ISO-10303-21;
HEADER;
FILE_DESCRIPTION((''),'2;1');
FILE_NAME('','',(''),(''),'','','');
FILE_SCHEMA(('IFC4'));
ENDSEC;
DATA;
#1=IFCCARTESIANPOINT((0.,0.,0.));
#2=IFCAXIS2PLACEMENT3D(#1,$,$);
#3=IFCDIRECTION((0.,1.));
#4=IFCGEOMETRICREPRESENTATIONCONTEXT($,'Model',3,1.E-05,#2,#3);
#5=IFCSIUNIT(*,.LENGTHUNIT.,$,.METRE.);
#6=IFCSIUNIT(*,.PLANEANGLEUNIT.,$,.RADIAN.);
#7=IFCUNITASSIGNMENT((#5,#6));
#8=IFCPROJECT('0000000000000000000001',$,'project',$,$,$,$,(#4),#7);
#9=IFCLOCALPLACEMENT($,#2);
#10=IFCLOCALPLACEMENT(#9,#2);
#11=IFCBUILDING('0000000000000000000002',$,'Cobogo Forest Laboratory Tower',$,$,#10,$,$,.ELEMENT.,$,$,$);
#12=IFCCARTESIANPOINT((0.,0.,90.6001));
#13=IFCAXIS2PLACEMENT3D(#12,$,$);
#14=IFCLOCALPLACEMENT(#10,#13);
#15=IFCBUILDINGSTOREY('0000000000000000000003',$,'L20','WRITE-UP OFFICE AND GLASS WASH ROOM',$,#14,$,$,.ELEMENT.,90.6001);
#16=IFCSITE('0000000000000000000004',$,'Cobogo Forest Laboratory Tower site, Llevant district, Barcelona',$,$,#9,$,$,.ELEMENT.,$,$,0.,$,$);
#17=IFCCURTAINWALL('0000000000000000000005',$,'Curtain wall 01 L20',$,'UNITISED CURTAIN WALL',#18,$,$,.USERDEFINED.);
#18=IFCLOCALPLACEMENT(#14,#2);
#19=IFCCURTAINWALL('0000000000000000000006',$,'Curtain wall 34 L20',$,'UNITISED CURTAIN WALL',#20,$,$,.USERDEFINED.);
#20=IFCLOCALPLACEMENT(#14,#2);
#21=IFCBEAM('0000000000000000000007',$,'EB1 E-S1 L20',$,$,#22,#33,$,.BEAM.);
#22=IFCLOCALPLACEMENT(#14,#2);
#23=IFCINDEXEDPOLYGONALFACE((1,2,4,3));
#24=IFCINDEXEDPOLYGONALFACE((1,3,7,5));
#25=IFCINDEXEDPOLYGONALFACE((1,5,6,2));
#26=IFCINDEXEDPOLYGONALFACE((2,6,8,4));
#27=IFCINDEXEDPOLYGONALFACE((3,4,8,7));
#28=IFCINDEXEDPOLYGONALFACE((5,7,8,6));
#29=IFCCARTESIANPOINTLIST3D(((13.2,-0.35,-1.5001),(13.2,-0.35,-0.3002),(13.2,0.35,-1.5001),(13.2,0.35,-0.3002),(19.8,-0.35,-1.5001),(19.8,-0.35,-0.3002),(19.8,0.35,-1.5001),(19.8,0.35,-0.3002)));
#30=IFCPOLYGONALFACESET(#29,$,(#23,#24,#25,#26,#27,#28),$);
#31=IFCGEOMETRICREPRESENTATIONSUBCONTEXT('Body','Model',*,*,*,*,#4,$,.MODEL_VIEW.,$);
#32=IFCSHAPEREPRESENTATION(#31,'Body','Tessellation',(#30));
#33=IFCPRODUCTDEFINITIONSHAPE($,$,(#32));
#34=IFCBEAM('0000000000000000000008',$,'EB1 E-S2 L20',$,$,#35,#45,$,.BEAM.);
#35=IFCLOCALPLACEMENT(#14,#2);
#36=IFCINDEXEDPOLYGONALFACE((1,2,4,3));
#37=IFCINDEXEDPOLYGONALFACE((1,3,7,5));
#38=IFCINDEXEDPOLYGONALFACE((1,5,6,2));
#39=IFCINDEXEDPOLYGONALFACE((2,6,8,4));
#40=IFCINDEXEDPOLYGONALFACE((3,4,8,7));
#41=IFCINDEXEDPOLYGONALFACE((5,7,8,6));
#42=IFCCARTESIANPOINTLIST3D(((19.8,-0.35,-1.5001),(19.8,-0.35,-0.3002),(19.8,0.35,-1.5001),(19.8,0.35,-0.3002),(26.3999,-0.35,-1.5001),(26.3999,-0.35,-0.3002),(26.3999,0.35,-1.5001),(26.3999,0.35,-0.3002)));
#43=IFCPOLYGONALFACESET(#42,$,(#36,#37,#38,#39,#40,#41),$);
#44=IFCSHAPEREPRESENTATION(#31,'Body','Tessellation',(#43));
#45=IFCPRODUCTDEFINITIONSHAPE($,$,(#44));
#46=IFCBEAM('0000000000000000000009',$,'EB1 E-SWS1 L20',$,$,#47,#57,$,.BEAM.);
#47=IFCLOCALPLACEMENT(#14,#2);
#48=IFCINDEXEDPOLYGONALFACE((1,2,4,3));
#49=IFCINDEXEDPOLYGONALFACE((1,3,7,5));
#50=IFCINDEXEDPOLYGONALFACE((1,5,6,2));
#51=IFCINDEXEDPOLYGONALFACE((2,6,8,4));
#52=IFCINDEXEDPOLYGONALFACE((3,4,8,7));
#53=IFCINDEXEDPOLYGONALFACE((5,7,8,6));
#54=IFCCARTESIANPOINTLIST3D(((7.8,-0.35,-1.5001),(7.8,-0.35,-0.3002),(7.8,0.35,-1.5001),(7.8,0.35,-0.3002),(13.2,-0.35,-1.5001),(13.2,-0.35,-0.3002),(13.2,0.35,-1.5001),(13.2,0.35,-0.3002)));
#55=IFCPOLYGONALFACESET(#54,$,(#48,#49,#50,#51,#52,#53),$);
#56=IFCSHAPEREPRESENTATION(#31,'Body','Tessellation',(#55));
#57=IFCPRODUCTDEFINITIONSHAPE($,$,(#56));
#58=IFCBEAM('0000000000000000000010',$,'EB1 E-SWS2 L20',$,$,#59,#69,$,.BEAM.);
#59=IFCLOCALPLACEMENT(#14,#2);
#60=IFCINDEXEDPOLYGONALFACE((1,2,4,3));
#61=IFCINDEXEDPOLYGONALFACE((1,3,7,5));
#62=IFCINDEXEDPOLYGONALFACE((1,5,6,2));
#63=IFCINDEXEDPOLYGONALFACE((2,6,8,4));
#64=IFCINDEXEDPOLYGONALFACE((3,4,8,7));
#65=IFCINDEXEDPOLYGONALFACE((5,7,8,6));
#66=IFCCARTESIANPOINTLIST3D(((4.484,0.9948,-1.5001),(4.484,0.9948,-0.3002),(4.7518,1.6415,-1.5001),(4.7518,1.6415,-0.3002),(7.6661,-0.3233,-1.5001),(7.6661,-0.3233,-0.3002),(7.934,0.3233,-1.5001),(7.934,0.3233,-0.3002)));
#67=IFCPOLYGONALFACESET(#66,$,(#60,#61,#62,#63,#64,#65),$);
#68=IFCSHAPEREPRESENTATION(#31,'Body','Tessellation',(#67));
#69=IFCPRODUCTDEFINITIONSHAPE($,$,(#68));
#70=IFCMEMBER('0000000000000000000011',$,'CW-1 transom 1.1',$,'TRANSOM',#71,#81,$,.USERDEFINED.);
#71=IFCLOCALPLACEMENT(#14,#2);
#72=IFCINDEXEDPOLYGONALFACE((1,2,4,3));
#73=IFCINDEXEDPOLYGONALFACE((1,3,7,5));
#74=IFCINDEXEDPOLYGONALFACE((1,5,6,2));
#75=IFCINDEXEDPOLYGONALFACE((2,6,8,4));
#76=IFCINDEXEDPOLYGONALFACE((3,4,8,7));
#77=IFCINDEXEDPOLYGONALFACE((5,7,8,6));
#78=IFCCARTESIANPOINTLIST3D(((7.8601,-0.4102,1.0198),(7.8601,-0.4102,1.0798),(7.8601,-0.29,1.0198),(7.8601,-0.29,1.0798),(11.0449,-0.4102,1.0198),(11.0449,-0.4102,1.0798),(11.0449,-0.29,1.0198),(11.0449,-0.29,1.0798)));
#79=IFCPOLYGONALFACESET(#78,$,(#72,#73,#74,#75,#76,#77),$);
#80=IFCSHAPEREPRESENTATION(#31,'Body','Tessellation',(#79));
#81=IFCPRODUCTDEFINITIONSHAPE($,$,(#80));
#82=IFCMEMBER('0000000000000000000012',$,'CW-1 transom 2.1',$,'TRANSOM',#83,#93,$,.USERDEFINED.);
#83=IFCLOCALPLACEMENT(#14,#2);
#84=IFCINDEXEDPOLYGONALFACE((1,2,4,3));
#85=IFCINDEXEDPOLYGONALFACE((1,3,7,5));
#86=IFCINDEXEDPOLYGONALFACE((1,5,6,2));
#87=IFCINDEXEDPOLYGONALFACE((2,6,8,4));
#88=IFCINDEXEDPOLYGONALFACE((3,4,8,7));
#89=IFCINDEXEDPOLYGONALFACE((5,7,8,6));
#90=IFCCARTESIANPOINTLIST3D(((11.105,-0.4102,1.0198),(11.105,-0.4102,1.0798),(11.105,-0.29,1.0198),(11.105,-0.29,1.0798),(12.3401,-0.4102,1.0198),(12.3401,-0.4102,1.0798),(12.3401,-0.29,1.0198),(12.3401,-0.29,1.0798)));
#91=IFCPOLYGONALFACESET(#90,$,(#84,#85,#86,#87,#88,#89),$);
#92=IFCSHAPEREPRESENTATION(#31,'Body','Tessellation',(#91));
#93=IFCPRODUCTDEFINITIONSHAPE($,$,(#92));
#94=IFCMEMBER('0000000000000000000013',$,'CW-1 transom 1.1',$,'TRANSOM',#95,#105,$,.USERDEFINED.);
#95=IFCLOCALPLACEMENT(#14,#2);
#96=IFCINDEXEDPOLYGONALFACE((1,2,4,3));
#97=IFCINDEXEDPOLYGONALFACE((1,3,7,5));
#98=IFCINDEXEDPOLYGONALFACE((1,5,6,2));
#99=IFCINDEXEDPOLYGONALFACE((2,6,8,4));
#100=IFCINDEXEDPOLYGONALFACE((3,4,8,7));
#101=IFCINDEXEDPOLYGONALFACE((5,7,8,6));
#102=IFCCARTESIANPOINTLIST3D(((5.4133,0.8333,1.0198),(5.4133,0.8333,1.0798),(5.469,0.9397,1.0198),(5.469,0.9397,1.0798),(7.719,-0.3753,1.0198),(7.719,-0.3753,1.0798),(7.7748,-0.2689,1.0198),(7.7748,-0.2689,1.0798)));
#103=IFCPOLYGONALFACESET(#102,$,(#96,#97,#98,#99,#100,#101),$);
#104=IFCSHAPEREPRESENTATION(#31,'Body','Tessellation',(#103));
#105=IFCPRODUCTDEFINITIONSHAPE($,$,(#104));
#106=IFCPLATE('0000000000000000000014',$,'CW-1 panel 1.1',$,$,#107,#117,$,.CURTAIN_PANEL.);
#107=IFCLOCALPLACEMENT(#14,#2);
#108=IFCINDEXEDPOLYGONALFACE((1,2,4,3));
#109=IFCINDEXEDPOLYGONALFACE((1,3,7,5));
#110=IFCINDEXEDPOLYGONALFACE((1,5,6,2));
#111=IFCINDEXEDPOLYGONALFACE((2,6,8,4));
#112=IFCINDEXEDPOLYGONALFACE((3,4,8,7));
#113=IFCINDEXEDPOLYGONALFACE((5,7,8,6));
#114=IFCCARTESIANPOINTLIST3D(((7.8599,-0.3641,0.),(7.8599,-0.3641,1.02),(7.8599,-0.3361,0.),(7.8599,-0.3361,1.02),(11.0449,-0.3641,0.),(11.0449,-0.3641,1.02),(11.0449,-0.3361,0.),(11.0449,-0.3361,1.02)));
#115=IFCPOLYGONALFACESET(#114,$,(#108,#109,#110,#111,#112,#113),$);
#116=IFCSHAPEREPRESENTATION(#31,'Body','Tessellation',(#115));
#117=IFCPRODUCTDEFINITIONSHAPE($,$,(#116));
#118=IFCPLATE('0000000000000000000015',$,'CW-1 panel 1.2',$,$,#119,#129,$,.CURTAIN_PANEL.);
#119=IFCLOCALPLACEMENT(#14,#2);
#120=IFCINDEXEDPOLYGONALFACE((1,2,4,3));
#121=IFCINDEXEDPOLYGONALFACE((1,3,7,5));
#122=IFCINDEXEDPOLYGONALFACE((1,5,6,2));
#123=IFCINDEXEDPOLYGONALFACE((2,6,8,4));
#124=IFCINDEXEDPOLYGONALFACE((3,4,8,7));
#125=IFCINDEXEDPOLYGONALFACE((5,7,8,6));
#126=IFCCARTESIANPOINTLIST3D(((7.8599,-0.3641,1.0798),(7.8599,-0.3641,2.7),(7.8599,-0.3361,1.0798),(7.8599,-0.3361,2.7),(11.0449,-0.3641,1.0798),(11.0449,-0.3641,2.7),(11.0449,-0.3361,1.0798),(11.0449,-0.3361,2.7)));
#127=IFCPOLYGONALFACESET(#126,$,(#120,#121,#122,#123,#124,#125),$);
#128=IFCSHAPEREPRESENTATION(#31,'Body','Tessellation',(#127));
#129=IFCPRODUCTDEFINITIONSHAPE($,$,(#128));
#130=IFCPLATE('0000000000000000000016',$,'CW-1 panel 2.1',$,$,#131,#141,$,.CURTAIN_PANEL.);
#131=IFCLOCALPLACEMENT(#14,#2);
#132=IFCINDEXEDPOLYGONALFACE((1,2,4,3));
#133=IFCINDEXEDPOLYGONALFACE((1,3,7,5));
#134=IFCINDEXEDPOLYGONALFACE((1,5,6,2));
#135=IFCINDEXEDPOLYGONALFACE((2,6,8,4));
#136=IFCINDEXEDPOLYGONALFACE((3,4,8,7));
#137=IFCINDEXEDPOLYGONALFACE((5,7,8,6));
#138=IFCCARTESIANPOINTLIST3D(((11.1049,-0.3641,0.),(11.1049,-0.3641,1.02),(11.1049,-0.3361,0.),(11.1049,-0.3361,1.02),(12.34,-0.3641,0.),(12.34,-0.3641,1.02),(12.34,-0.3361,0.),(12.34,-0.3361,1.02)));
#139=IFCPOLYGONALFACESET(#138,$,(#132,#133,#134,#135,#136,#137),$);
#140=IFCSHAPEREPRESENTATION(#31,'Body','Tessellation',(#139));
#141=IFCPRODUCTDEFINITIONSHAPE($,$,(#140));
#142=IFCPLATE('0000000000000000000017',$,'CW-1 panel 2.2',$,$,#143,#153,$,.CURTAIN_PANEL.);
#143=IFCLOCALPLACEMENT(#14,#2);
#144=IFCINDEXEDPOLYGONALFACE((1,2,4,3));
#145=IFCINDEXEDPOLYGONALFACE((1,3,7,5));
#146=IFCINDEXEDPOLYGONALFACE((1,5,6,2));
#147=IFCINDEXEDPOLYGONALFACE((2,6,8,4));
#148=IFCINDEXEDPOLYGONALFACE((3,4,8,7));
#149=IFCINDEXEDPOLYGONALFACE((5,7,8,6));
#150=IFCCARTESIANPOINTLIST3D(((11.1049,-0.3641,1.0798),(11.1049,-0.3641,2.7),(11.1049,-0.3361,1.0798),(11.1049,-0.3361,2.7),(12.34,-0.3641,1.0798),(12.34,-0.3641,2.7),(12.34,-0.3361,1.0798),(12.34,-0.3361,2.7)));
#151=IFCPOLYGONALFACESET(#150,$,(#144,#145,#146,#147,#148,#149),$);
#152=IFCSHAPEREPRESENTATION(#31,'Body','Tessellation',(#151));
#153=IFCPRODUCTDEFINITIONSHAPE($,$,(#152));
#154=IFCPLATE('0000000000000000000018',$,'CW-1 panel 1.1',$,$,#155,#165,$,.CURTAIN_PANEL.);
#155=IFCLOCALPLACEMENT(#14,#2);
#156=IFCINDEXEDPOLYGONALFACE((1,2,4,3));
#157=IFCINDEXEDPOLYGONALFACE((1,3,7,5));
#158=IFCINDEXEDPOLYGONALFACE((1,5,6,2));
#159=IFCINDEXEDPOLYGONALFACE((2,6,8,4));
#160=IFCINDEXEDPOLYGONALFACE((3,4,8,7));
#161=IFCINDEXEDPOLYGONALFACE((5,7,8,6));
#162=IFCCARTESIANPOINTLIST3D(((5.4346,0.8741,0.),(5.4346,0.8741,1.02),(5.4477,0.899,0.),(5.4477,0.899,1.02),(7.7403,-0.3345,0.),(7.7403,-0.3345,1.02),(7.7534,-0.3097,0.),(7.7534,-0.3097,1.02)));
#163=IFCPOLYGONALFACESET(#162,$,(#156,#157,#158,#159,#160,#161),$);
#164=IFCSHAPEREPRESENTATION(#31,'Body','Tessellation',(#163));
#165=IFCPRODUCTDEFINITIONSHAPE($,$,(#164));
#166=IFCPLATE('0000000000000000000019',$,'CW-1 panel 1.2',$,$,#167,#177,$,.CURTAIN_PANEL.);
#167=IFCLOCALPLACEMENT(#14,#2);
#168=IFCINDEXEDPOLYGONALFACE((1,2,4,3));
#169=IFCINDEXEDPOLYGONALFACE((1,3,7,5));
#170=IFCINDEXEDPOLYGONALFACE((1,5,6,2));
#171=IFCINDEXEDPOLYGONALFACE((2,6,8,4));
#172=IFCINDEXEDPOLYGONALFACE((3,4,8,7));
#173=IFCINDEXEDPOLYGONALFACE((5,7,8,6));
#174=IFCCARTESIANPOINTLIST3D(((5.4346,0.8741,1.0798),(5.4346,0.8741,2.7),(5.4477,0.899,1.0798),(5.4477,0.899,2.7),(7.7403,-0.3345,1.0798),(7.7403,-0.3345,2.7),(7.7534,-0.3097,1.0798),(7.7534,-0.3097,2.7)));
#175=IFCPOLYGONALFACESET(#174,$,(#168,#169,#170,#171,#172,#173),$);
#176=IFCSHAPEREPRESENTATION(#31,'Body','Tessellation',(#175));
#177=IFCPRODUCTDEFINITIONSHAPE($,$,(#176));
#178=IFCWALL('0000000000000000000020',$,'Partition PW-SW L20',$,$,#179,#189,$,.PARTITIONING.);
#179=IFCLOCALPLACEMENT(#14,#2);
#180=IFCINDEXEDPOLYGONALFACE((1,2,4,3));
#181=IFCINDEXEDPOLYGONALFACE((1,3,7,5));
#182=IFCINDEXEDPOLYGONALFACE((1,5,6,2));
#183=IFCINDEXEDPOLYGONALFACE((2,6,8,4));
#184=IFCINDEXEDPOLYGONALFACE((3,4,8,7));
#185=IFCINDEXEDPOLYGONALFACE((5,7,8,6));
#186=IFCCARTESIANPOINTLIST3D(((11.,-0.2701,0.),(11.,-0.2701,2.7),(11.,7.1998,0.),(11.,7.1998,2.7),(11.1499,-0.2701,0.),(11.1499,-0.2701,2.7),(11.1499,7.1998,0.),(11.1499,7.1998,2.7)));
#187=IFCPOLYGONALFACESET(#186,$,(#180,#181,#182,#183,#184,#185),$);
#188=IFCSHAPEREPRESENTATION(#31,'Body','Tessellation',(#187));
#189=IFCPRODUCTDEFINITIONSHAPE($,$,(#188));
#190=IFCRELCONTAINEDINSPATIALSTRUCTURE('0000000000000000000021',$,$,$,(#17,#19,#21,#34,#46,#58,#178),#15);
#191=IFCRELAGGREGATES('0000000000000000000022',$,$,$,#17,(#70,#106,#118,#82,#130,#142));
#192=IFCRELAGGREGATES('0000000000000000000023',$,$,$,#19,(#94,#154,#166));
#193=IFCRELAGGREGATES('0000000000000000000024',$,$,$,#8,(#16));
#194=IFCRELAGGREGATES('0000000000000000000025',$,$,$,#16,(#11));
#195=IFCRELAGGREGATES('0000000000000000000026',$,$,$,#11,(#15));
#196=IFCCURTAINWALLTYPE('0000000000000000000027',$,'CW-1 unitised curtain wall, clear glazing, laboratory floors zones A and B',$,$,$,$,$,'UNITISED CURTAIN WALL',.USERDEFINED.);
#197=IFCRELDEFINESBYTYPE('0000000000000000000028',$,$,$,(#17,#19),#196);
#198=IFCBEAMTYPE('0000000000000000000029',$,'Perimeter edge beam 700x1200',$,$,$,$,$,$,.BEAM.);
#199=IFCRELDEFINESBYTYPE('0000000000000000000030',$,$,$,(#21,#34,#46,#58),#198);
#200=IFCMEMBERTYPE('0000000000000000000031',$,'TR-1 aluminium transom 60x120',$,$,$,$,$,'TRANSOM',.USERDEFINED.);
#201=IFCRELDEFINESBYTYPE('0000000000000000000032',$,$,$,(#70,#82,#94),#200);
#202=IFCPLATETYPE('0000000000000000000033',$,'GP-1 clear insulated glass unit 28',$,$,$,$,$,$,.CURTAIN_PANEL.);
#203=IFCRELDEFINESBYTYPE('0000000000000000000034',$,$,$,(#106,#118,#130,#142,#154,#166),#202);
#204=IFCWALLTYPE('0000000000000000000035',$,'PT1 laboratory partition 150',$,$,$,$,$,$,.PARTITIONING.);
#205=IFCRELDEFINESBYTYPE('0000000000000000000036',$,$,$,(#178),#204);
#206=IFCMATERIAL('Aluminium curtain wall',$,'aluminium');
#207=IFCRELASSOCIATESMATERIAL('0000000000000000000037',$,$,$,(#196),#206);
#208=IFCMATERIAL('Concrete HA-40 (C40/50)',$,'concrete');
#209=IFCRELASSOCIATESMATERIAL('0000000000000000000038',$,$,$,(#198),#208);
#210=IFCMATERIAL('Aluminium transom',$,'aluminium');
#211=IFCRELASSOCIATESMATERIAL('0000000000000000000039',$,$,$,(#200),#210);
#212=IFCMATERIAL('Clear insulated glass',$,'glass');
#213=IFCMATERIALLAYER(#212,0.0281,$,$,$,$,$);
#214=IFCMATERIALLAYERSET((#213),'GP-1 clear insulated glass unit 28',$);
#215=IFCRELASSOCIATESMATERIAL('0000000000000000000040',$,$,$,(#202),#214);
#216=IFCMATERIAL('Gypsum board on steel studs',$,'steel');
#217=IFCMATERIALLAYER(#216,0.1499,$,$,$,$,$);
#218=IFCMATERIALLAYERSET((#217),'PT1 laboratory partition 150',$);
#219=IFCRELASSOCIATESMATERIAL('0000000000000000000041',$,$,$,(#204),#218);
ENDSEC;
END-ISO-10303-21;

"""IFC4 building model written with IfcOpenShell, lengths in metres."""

from ifc_helpers import new_model, si_unit, direction, frame, frame_2d, origin, origin_2d, place, context, subcontext, project, spatial, rectangle, extrude, material, layer, layer_set, material_profile, profile_set, type_object, element, aggregate, save


model = new_model("IFC4")

# Units and contexts
model_context = context("Model", 3, precision=1e-05, world=origin(), true_north=direction((0.0, 1.0)))
body_context = subcontext(model_context, "Body", "Model", "MODEL_VIEW")
ifc_project = project(units=[si_unit("LENGTHUNIT", "METRE"), si_unit("PLANEANGLEUNIT", "RADIAN")], contexts=[model_context])

# Site, building, storey
site_placement = place(None, origin())
site = spatial("IfcSite", under=ifc_project, at=site_placement, Name="Cobogo Forest Laboratory Tower site, Llevant district, Barcelona", CompositionType="ELEMENT", RefElevation=0.0)
building_placement = place(site_placement, origin())
building = spatial("IfcBuilding", under=site, at=building_placement, Name="Cobogo Forest Laboratory Tower", CompositionType="ELEMENT")
storey_placement = place(building_placement, frame((0.0, 0.0, 90.6001)))
storey = spatial("IfcBuildingStorey", under=building, at=storey_placement, Name="L20", Description="WRITE-UP OFFICE AND GLASS WASH ROOM", CompositionType="ELEMENT", Elevation=90.6001)

# Shared definitions
ifc_material_1 = material(Name="Concrete HA-40 (C40/50)", Category="concrete")

# Curtain wall
ifc_material_2 = material(Name="Aluminium curtain wall", Category="aluminium")
curtain_wall_type = type_object("IfcCurtainWallType", Name="CW-1 unitised curtain wall, clear glazing, laboratory floors zones A and B", ElementType="UNITISED CURTAIN WALL", PredefinedType="USERDEFINED", material=ifc_material_2)
curtain_wall_1_placement = place(storey_placement, origin())
curtain_wall_1 = element("IfcCurtainWall", 1, at=curtain_wall_1_placement, inside=storey, type_object=curtain_wall_type, Name="Curtain wall 01 L20", ObjectType="UNITISED CURTAIN WALL", PredefinedType="USERDEFINED")

# Curtain wall
curtain_wall_2_placement = place(storey_placement, origin())
curtain_wall_2 = element("IfcCurtainWall", 2, at=curtain_wall_2_placement, inside=storey, type_object=curtain_wall_type, Name="Curtain wall 34 L20", ObjectType="UNITISED CURTAIN WALL", PredefinedType="USERDEFINED")

# Beams
ifc_material_profile_1 = material_profile(ifc_material_1, rectangle(XDim=0.7, YDim=1.2, at=origin_2d()), Name="RC 700x1200")
ifc_profile_set_1 = profile_set([ifc_material_profile_1], Name="Concrete HA-40 (C40/50)")
beam_type_1 = type_object("IfcBeamType", Name="Perimeter edge beam 700x1200", PredefinedType="BEAM", material=ifc_profile_set_1)
beam_1_placement = place(storey_placement, frame((13.2, 0.0, -0.9001), z_axis=(1.0, 0.0, 0.0), x_axis=(0.0, 1.0, 0.0)))
element("IfcBeam", 3, at=beam_1_placement, inside=storey, type_object=beam_type_1, Name="EB1 E-S1 L20", PredefinedType="BEAM", context=body_context, shape_type="SweptSolid", body=[
    extrude(rectangle(XDim=0.7, YDim=1.2, at=origin_2d()), origin(), (0.0, 0.0, 1.0), 6.6001),
])
beam_2_placement = place(storey_placement, frame((19.8, 0.0, -0.9001), z_axis=(1.0, 0.0, 0.0), x_axis=(0.0, 1.0, 0.0)))
element("IfcBeam", 4, at=beam_2_placement, inside=storey, type_object=beam_type_1, Name="EB1 E-S2 L20", PredefinedType="BEAM", context=body_context, shape_type="SweptSolid", body=[
    extrude(rectangle(XDim=0.7, YDim=1.2, at=origin_2d()), origin(), (0.0, 0.0, 1.0), 6.5999),
])
beam_3_placement = place(storey_placement, frame((13.2, 0.0, -0.9001), z_axis=(-1.0, 0.0, 0.0), x_axis=(0.0, -1.0, 0.0)))
element("IfcBeam", 5, at=beam_3_placement, inside=storey, type_object=beam_type_1, Name="EB1 E-SWS1 L20", PredefinedType="BEAM", context=body_context, shape_type="SweptSolid", body=[
    extrude(rectangle(XDim=0.7, YDim=1.2, at=origin_2d()), origin(), (0.0, 0.0, 1.0), 5.3999),
])
beam_4_placement = place(storey_placement, frame((7.8, 0.0, -0.9001), z_axis=(-0.923876, 0.382692, 0.0), x_axis=(-0.382692, -0.923876, 0.0)))
element("IfcBeam", 6, at=beam_4_placement, inside=storey, type_object=beam_type_1, Name="EB1 E-SWS2 L20", PredefinedType="BEAM", context=body_context, shape_type="SweptSolid", body=[
    extrude(rectangle(XDim=0.7, YDim=1.2, at=origin_2d()), origin(), (0.0, 0.0, 1.0), 3.4443),
])

# Members
ifc_material_3 = material(Name="Aluminium transom", Category="aluminium")
ifc_material_profile_2 = material_profile(ifc_material_3, rectangle(XDim=0.1201, YDim=0.0601, at=origin_2d()), Name="AL 60x120")
ifc_profile_set_2 = profile_set([ifc_material_profile_2], Name="Aluminium transom")
member_type_1 = type_object("IfcMemberType", Name="TR-1 aluminium transom 60x120", ElementType="TRANSOM", PredefinedType="USERDEFINED", material=ifc_profile_set_2)
member_1_placement = place(storey_placement, frame((7.8601, -0.3501, 1.0498), z_axis=(1.0, 0.0, 0.0), x_axis=(0.0, 1.0, 0.0)))
member_1 = element("IfcMember", 7, at=member_1_placement, type_object=member_type_1, Name="CW-1 transom 1.1", ObjectType="TRANSOM", PredefinedType="USERDEFINED", context=body_context, shape_type="SweptSolid", body=[
    extrude(rectangle(XDim=0.1201, YDim=0.0601, at=origin_2d()), origin(), (0.0, 0.0, 1.0), 3.1848),
])
member_2_placement = place(storey_placement, frame((11.105, -0.3501, 1.0498), z_axis=(1.0, 0.0, 0.0), x_axis=(0.0, 1.0, 0.0)))
member_2 = element("IfcMember", 8, at=member_2_placement, type_object=member_type_1, Name="CW-1 transom 2.1", ObjectType="TRANSOM", PredefinedType="USERDEFINED", context=body_context, shape_type="SweptSolid", body=[
    extrude(rectangle(XDim=0.1201, YDim=0.0601, at=origin_2d()), origin(), (0.0, 0.0, 1.0), 1.2351),
])
member_3_placement = place(storey_placement, frame((5.4412, 0.8865, 1.0498), z_axis=(0.88571, -0.464238, 0.0), x_axis=(0.464238, 0.88571, 0.0)))
member_3 = element("IfcMember", 9, at=member_3_placement, type_object=member_type_1, Name="CW-1 transom 1.1", ObjectType="TRANSOM", PredefinedType="USERDEFINED", context=body_context, shape_type="SweptSolid", body=[
    extrude(rectangle(XDim=0.1201, YDim=0.0601, at=origin_2d()), origin(), (0.0, 0.0, 1.0), 2.6033),
])

# Plates
ifc_material_4 = material(Name="Clear insulated glass", Category="glass")
ifc_layer_1 = layer(ifc_material_4, 0.0281)
ifc_layer_set_1 = layer_set([ifc_layer_1], Name="GP-1 clear insulated glass unit 28")
plate_type = type_object("IfcPlateType", Name="GP-1 clear insulated glass unit 28", PredefinedType="CURTAIN_PANEL", material=ifc_layer_set_1)
plate_1_placement = place(storey_placement, frame((9.4524, -0.3501, 0.0), z_axis=(0.0, 0.0, 1.0), x_axis=(1.0, 0.0, 0.0)))
plate_1 = element("IfcPlate", 10, at=plate_1_placement, type_object=plate_type, Name="CW-1 panel 1.1", PredefinedType="CURTAIN_PANEL", context=body_context, shape_type="SweptSolid", body=[
    extrude(rectangle(XDim=3.1851, YDim=0.0281, at=origin_2d()), origin(), (0.0, 0.0, 1.0), 1.02),
])
plate_2_placement = place(storey_placement, frame((9.4524, -0.3501, 1.0798), z_axis=(0.0, 0.0, 1.0), x_axis=(1.0, 0.0, 0.0)))
plate_2 = element("IfcPlate", 11, at=plate_2_placement, type_object=plate_type, Name="CW-1 panel 1.2", PredefinedType="CURTAIN_PANEL", context=body_context, shape_type="SweptSolid", body=[
    extrude(rectangle(XDim=3.1851, YDim=0.0281, at=origin_2d()), origin(), (0.0, 0.0, 1.0), 1.6201),
])
plate_3_placement = place(storey_placement, frame((11.7224, -0.3501, 0.0), z_axis=(0.0, 0.0, 1.0), x_axis=(1.0, 0.0, 0.0)))
plate_3 = element("IfcPlate", 12, at=plate_3_placement, type_object=plate_type, Name="CW-1 panel 2.1", PredefinedType="CURTAIN_PANEL", context=body_context, shape_type="SweptSolid", body=[
    extrude(rectangle(XDim=1.2351, YDim=0.0281, at=origin_2d()), origin(), (0.0, 0.0, 1.0), 1.02),
])
plate_4_placement = place(storey_placement, frame((11.7224, -0.3501, 1.0798), z_axis=(0.0, 0.0, 1.0), x_axis=(1.0, 0.0, 0.0)))
plate_4 = element("IfcPlate", 13, at=plate_4_placement, type_object=plate_type, Name="CW-1 panel 2.2", PredefinedType="CURTAIN_PANEL", context=body_context, shape_type="SweptSolid", body=[
    extrude(rectangle(XDim=1.2351, YDim=0.0281, at=origin_2d()), origin(), (0.0, 0.0, 1.0), 1.6201),
])
aggregate(curtain_wall_1, [member_1, plate_1, plate_2, member_2, plate_3, plate_4])
plate_5_placement = place(storey_placement, frame((6.594, 0.2822, 0.0), z_axis=(0.0, 0.0, 1.0), x_axis=(0.885687, -0.464284, 0.0)))
plate_5 = element("IfcPlate", 14, at=plate_5_placement, type_object=plate_type, Name="CW-1 panel 1.1", PredefinedType="CURTAIN_PANEL", context=body_context, shape_type="SweptSolid", body=[
    extrude(rectangle(XDim=2.6033, YDim=0.0281, at=origin_2d()), origin(), (0.0, 0.0, 1.0), 1.02),
])
plate_6_placement = place(storey_placement, frame((6.594, 0.2822, 1.0798), z_axis=(0.0, 0.0, 1.0), x_axis=(0.885687, -0.464284, 0.0)))
plate_6 = element("IfcPlate", 15, at=plate_6_placement, type_object=plate_type, Name="CW-1 panel 1.2", PredefinedType="CURTAIN_PANEL", context=body_context, shape_type="SweptSolid", body=[
    extrude(rectangle(XDim=2.6033, YDim=0.0281, at=origin_2d()), origin(), (0.0, 0.0, 1.0), 1.6201),
])
aggregate(curtain_wall_2, [member_3, plate_5, plate_6])

# Wall
ifc_material_5 = material(Name="Gypsum board on steel studs", Category="steel")
ifc_layer_2 = layer(ifc_material_5, 0.1499)
ifc_layer_set_2 = layer_set([ifc_layer_2], Name="PT1 laboratory partition 150")
wall_type_1 = type_object("IfcWallType", Name="PT1 laboratory partition 150", PredefinedType="PARTITIONING", material=ifc_layer_set_2)
for number, where, z_axis, x_axis, name in (
    (16, (11.075, -0.27, 0.0), (0.0, 0.0, 1.0), (0.0, 1.0, 0.0), "Partition PW-SW L20"),
):
    element("IfcWall", number, at=place(storey_placement, frame(where, z_axis=z_axis, x_axis=x_axis)), inside=storey, type_object=wall_type_1, Name=name, PredefinedType="PARTITIONING", context=body_context, shape_type="SweptSolid", body=[
        extrude(rectangle(XDim=7.47, YDim=0.1499, at=frame_2d((3.7349, 0.0))), origin(), (0.0, 0.0, 1.0), 2.7),
    ])

save(model, "model.ifc")
